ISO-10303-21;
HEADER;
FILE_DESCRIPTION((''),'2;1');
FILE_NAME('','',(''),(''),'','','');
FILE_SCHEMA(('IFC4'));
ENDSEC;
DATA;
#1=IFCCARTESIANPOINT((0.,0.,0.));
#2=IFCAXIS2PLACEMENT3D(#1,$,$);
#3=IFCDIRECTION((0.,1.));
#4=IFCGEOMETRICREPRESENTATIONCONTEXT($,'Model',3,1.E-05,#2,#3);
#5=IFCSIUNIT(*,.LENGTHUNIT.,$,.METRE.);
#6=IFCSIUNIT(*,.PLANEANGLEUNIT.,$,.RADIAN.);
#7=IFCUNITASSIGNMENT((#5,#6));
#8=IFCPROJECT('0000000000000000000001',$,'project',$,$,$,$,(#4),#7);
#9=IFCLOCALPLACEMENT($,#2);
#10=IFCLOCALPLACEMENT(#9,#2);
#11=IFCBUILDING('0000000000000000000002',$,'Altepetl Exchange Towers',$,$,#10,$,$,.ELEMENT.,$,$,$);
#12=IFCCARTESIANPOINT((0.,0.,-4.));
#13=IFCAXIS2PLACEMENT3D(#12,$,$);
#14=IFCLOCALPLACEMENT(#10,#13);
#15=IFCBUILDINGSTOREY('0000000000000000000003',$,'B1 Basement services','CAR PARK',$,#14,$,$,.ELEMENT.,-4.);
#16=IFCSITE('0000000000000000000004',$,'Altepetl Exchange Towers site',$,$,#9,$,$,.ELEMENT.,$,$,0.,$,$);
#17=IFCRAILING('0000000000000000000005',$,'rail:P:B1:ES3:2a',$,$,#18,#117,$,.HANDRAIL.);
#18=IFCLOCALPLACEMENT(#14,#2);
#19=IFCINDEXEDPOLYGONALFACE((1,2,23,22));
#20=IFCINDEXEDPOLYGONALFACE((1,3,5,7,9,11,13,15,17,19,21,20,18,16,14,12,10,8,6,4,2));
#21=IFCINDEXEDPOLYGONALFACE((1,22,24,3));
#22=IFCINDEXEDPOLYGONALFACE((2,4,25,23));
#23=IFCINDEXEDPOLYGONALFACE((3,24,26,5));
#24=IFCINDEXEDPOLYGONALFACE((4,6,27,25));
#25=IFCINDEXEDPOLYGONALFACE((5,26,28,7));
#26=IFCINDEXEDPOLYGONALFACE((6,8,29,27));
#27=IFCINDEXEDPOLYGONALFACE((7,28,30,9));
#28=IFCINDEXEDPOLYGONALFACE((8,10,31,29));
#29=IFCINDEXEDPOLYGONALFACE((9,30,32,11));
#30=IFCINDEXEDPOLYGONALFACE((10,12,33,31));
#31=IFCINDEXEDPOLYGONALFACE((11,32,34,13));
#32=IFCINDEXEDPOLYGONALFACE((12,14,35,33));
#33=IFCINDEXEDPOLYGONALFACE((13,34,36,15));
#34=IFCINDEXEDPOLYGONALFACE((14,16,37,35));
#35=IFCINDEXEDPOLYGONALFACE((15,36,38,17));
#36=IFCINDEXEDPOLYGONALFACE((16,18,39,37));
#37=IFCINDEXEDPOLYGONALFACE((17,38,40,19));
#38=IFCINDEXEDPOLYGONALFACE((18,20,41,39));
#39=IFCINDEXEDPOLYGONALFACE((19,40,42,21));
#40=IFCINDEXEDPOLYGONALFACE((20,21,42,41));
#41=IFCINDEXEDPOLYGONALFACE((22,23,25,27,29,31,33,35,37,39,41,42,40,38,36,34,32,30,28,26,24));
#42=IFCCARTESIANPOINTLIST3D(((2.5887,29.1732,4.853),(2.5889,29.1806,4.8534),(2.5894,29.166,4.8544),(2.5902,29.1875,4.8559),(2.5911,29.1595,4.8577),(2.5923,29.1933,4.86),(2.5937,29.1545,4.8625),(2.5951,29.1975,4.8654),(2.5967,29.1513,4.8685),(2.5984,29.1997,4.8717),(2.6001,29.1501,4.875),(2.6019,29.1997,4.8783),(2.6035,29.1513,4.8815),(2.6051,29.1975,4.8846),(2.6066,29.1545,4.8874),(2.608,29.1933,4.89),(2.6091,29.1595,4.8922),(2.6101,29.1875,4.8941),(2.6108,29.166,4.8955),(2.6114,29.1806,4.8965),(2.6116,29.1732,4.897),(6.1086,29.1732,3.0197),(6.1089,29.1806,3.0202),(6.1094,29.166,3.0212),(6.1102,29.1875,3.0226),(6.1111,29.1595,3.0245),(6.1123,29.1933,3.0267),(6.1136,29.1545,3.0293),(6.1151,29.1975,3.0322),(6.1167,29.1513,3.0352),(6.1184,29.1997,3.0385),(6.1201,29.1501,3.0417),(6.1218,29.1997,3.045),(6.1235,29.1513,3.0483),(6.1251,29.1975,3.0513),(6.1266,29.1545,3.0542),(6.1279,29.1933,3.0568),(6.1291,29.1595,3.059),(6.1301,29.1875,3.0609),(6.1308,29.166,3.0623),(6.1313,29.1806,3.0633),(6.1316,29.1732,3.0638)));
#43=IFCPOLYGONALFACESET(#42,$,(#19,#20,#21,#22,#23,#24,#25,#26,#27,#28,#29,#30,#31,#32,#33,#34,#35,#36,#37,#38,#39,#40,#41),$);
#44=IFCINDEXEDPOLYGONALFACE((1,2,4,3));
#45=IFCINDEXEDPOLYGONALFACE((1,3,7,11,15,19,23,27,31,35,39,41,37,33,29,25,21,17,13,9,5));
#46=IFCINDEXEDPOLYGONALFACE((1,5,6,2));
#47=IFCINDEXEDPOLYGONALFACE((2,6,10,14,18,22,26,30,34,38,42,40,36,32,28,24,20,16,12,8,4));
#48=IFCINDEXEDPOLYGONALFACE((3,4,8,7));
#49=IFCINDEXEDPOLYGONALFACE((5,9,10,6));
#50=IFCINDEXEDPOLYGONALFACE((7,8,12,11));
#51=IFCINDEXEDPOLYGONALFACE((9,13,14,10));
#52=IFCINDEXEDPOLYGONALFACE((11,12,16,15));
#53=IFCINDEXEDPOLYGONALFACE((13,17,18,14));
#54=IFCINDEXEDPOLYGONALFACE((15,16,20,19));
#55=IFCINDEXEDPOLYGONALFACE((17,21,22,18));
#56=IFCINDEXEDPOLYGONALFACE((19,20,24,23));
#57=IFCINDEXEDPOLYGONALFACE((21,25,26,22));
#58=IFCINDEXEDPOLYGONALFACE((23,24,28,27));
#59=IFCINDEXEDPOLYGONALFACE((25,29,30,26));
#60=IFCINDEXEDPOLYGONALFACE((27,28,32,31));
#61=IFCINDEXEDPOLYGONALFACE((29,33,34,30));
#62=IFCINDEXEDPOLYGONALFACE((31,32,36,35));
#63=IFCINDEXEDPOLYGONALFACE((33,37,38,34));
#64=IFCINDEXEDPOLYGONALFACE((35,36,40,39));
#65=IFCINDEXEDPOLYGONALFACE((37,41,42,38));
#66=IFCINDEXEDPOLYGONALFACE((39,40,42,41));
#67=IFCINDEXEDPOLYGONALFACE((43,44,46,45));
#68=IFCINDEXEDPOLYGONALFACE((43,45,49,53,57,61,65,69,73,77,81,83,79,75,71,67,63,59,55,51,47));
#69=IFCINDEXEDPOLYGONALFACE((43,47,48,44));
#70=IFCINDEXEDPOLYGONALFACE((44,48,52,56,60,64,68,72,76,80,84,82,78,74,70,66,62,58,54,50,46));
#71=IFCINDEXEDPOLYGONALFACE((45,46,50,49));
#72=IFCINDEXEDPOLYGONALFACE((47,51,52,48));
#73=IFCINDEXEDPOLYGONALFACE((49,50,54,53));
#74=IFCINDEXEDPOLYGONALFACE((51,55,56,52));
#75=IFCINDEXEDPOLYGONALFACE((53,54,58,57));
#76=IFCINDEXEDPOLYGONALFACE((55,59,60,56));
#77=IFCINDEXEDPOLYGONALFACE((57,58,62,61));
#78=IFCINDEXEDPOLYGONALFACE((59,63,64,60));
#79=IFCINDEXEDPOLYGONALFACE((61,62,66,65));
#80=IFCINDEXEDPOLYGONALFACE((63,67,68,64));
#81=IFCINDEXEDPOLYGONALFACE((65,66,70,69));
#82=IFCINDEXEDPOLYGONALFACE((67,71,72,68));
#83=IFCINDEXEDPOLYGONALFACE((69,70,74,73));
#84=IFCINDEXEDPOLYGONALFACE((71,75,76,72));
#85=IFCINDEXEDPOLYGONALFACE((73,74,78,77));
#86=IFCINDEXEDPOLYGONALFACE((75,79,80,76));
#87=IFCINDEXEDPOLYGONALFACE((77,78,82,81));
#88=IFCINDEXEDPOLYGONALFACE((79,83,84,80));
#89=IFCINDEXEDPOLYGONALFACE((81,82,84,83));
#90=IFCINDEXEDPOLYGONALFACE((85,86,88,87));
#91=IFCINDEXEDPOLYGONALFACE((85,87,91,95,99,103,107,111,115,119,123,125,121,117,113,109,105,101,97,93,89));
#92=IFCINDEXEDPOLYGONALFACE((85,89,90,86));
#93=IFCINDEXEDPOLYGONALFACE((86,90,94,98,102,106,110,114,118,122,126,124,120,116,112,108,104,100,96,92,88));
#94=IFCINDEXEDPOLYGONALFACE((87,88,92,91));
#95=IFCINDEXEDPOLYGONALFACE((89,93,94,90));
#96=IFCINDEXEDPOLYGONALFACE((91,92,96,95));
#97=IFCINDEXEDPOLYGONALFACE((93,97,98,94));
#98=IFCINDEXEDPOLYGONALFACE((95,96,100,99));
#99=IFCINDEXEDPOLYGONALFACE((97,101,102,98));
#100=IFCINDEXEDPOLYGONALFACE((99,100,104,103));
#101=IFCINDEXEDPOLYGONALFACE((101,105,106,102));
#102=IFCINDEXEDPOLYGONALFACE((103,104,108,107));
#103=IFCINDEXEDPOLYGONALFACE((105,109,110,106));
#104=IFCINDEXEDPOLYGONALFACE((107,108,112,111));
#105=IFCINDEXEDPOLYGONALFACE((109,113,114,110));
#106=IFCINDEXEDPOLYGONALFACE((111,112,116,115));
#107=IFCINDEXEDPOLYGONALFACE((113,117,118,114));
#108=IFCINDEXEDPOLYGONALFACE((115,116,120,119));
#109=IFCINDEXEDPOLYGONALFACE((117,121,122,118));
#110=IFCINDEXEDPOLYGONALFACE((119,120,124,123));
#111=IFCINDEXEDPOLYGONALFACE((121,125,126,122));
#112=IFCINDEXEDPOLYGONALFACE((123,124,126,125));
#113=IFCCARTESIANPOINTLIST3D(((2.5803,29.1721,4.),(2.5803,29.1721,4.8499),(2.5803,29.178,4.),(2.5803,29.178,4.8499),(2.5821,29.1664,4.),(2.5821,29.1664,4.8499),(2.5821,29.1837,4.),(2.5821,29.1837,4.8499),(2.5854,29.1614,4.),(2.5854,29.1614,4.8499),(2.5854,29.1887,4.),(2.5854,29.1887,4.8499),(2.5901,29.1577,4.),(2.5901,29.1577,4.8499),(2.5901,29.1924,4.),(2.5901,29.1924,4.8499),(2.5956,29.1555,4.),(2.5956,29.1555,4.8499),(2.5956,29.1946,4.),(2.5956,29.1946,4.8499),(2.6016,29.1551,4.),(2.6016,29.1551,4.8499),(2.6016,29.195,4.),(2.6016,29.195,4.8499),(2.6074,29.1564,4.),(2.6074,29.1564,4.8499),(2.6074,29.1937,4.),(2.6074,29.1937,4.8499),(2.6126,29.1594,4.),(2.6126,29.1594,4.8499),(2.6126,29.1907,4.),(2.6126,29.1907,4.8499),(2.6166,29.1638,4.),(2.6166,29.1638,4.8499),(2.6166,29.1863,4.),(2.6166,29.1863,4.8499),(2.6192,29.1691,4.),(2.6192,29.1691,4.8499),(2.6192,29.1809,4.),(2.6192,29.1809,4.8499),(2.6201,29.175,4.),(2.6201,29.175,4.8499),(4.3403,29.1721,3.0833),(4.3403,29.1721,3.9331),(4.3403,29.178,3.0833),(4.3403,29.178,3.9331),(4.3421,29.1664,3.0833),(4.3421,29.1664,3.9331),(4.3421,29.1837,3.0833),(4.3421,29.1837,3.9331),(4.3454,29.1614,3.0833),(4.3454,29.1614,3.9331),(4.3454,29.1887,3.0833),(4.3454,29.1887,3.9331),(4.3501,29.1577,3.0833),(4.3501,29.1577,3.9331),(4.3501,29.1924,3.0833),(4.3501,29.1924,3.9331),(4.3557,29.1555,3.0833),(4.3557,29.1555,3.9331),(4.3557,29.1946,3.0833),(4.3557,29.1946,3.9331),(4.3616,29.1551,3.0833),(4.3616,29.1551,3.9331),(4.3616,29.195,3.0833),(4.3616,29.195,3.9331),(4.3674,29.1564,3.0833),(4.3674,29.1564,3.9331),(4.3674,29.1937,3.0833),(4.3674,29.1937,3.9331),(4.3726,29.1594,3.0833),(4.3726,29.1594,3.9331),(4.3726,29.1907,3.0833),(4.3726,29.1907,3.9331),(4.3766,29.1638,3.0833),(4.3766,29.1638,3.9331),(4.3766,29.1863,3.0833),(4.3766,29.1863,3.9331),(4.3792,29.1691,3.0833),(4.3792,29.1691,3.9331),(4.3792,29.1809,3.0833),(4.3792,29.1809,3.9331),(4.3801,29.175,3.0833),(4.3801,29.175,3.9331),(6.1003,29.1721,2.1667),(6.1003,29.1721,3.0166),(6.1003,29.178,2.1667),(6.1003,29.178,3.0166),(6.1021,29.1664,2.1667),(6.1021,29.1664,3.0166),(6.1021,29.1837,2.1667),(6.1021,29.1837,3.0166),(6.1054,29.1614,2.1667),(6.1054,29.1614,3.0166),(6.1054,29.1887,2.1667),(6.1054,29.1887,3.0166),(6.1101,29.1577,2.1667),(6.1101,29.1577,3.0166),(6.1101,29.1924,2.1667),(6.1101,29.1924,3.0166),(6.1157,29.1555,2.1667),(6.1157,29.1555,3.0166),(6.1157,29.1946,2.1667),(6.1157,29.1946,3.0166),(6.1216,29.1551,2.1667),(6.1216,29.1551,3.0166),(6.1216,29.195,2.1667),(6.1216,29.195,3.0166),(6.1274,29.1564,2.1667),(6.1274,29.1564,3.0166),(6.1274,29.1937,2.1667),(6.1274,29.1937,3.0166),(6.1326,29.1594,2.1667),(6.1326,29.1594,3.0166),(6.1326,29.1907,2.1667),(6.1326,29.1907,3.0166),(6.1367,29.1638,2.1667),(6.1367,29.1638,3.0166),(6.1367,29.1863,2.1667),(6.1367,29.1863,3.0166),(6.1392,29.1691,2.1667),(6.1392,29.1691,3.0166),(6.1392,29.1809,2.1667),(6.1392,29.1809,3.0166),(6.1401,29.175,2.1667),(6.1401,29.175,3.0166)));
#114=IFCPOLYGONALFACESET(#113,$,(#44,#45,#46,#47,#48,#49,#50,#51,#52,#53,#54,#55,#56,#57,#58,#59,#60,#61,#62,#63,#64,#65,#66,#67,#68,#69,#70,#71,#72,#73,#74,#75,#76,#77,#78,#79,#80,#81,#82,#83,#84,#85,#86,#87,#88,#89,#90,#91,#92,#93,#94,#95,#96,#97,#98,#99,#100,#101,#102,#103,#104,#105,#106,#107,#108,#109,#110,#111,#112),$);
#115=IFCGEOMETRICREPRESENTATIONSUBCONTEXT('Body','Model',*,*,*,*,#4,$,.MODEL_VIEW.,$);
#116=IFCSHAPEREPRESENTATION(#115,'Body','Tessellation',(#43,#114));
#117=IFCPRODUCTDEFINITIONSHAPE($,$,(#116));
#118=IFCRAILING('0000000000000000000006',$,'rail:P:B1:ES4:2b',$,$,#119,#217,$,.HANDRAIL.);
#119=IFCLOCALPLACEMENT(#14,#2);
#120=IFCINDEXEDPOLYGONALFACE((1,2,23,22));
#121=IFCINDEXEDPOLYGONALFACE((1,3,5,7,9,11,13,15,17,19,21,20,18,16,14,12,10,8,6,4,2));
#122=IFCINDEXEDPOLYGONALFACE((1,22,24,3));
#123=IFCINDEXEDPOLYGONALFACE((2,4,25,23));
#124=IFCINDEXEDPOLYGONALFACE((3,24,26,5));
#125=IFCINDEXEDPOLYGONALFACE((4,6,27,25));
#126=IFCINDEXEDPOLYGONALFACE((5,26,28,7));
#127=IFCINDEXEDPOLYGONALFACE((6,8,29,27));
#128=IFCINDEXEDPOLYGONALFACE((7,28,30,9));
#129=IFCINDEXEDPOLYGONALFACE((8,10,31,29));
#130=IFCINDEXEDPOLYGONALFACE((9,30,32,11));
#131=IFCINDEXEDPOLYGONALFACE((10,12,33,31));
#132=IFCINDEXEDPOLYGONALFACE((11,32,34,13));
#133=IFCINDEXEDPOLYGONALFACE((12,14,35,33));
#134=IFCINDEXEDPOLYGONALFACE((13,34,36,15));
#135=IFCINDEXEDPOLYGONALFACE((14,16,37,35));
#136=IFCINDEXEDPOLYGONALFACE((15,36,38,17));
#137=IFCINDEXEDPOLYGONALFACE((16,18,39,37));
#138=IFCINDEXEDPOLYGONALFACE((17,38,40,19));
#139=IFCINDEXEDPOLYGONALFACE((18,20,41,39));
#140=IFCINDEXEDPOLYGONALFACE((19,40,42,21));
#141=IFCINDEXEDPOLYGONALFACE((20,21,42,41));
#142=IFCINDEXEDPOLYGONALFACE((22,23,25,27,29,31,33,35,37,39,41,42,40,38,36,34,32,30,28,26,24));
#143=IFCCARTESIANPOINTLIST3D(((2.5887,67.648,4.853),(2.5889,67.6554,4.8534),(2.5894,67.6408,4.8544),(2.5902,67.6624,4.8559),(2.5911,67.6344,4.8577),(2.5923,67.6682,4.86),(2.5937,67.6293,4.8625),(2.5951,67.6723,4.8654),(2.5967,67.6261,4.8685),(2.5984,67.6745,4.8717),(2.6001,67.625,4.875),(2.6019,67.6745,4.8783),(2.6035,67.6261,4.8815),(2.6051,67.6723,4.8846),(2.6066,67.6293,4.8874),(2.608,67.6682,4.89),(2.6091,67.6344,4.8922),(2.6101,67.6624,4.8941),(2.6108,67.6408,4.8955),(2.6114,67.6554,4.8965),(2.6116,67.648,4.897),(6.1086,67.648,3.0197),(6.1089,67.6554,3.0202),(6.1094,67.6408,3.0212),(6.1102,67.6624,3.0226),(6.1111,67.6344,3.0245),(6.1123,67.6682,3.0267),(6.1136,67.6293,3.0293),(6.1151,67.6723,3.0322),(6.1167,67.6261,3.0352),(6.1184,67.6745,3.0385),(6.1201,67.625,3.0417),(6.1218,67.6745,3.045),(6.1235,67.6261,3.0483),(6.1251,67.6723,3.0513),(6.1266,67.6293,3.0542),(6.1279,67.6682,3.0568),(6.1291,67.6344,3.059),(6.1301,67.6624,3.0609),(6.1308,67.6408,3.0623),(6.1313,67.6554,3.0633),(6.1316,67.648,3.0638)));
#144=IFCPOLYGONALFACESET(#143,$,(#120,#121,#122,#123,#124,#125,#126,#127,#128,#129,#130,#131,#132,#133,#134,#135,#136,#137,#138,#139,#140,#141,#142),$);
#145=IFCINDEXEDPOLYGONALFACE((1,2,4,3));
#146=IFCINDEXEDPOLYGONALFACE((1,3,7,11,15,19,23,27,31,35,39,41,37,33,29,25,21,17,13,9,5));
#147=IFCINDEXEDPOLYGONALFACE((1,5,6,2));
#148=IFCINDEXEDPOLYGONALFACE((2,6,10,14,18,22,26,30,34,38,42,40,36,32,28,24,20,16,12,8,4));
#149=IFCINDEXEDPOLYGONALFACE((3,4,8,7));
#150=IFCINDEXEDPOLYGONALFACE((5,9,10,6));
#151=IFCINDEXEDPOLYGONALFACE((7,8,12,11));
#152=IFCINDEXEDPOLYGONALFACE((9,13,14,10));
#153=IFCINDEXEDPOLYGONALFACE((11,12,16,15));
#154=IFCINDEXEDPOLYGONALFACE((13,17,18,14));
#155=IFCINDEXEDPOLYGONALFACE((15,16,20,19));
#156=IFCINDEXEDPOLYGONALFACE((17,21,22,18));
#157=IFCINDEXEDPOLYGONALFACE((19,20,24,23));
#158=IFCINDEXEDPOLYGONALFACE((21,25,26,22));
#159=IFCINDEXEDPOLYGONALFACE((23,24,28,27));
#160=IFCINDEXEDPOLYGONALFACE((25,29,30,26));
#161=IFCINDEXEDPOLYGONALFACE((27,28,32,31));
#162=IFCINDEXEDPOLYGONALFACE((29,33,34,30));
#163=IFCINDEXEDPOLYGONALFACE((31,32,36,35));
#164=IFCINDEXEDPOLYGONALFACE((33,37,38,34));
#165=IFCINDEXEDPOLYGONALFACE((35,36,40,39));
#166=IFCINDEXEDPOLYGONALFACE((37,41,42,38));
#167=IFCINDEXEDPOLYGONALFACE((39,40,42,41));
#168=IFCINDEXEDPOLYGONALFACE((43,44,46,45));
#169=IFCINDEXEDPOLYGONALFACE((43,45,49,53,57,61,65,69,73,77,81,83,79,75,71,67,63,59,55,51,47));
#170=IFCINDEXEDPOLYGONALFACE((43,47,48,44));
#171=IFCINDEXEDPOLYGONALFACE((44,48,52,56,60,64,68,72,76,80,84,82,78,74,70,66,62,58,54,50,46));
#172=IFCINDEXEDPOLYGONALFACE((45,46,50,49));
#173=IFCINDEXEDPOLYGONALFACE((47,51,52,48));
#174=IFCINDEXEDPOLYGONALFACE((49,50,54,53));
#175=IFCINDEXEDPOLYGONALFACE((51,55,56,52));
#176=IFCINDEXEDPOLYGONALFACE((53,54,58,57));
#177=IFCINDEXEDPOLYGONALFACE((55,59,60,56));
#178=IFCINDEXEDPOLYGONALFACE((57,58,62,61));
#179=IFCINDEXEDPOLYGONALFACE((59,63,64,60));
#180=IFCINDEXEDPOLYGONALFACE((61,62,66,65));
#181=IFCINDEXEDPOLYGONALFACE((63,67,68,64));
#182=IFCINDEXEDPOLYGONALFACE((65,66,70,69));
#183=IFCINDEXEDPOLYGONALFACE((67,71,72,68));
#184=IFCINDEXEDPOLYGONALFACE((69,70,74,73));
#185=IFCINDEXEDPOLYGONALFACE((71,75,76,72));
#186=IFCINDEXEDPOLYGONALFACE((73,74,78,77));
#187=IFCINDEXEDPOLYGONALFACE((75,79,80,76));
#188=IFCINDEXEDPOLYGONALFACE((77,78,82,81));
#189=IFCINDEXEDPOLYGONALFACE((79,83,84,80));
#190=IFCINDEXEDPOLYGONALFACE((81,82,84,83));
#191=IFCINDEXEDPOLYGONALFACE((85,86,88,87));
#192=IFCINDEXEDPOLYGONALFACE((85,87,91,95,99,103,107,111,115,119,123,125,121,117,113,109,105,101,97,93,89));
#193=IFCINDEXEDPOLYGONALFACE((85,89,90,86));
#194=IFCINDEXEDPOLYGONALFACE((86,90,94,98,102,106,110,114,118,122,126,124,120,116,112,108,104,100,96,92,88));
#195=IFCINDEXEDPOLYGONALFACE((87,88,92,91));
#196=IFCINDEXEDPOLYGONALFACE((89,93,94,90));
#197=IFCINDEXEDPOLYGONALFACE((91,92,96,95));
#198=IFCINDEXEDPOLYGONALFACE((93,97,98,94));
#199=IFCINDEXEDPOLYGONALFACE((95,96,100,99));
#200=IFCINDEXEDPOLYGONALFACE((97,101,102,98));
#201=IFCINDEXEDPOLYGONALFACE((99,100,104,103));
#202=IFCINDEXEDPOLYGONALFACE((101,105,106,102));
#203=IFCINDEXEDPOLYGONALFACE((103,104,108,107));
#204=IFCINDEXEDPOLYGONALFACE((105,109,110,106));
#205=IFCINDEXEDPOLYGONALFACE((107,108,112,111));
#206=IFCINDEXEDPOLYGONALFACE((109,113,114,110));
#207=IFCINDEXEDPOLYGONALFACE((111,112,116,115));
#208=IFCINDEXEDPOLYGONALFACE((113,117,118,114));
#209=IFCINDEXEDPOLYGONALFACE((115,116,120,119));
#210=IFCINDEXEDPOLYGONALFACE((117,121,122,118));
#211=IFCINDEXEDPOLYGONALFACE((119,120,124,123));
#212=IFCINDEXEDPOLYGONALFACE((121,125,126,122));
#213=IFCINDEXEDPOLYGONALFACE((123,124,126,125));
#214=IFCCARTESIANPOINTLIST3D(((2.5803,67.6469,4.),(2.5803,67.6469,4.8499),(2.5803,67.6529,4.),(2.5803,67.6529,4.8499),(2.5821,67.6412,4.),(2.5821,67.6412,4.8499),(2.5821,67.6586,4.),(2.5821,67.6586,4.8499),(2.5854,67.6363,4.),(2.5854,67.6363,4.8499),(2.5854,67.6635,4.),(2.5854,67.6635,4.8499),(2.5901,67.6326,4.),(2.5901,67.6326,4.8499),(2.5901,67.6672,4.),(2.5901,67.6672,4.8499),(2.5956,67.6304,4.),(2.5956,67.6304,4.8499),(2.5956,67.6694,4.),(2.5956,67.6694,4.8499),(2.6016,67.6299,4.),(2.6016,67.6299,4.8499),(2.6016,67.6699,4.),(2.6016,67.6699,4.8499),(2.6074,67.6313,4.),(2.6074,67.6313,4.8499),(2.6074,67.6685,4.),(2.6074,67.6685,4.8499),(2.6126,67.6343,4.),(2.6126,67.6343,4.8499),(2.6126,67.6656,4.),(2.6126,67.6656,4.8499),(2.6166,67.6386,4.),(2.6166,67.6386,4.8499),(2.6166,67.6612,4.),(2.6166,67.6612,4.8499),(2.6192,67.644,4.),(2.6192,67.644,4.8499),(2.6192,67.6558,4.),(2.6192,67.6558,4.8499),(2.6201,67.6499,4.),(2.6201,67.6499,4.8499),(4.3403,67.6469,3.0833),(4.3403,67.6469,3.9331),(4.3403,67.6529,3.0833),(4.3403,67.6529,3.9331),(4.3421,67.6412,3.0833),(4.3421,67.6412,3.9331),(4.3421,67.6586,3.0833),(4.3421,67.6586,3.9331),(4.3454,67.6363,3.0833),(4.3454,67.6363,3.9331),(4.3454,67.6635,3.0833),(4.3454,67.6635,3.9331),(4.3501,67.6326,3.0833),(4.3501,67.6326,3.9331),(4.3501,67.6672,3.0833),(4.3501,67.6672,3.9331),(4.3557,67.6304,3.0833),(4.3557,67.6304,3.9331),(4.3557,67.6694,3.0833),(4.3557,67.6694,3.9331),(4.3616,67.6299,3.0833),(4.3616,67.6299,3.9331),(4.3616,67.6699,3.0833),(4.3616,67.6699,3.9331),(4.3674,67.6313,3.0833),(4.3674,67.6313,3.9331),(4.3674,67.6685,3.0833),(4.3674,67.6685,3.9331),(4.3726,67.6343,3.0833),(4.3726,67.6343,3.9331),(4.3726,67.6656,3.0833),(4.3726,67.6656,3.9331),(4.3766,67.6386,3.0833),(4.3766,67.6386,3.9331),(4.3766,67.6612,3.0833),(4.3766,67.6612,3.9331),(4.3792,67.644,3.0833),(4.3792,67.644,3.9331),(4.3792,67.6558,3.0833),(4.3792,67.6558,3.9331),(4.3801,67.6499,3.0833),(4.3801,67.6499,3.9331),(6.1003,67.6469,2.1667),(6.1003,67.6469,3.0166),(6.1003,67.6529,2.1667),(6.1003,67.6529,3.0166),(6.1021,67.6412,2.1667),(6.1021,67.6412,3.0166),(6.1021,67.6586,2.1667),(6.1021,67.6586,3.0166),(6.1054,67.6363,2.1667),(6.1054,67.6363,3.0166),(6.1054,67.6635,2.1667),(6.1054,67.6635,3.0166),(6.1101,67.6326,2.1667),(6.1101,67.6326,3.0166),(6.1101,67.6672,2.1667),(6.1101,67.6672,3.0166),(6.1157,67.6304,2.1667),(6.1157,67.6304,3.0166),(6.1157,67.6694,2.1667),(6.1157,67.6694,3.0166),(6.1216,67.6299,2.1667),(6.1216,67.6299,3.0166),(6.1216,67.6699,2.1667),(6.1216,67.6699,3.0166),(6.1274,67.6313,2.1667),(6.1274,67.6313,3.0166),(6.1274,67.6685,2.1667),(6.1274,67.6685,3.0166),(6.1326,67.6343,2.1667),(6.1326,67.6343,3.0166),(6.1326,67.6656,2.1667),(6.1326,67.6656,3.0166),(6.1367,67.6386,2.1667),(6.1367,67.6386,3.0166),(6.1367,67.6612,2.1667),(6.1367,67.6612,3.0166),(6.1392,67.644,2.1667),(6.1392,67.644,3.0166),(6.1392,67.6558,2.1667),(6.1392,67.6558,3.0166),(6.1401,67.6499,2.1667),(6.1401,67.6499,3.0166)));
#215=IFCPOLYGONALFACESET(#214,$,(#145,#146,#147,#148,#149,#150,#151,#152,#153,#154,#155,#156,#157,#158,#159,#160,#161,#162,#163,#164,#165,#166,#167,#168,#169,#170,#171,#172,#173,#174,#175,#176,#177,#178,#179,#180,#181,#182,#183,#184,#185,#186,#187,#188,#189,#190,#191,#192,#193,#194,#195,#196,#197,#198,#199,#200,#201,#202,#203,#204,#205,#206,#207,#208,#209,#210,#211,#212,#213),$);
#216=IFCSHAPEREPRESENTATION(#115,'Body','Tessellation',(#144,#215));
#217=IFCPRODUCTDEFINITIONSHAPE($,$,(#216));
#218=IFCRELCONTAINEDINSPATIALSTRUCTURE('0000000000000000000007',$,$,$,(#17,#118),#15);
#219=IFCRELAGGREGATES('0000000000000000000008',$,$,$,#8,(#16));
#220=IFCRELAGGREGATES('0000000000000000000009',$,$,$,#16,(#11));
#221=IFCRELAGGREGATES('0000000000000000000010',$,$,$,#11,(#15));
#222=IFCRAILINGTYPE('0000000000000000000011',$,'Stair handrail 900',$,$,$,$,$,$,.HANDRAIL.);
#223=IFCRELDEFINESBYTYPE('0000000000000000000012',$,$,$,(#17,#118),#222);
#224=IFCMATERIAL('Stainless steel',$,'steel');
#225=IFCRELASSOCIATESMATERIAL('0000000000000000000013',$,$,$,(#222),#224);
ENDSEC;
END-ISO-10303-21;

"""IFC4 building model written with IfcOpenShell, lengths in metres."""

from ifc_helpers import new_model, si_unit, direction, frame, origin, origin_2d, place, context, subcontext, project, spatial, circle, extrude, source, transform, mapped, material, type_object, element, save


model = new_model("IFC4")

# Units and contexts
model_context = context("Model", 3, precision=1e-05, world=origin(), true_north=direction((0.0, 1.0)))
body_context = subcontext(model_context, "Body", "Model", "MODEL_VIEW")
ifc_project = project(units=[si_unit("LENGTHUNIT", "METRE"), si_unit("PLANEANGLEUNIT", "RADIAN")], contexts=[model_context])

# Site, building, storey
site_placement = place(None, origin())
site = spatial("IfcSite", under=ifc_project, at=site_placement, Name="Altepetl Exchange Towers site", CompositionType="ELEMENT", RefElevation=0.0)
building_placement = place(site_placement, origin())
building = spatial("IfcBuilding", under=site, at=building_placement, Name="Altepetl Exchange Towers", CompositionType="ELEMENT")
storey_placement = place(building_placement, frame((0.0, 0.0, -4.0)))
storey = spatial("IfcBuildingStorey", under=building, at=storey_placement, Name="B1 Basement services", Description="CAR PARK", CompositionType="ELEMENT", Elevation=-4.0)

# Railings
ifc_material_1 = material(Name="Stainless steel", Category="steel")
railing_type_1 = type_object("IfcRailingType", Name="Stair handrail 900", PredefinedType="HANDRAIL", material=ifc_material_1)
shared_shape_1 = source(origin(), body_context, "Body", "SweptSolid", [
    extrude(circle(Radius=0.02, at=origin_2d()), origin(), (0.0, 0.0, 1.0), 0.8499),
])
for number, where, name in (
    (1, (6.1201, 29.175, 2.1667), "rail:P:B1:ES3:2a"),
    (2, (6.1201, 67.6499, 2.1667), "rail:P:B1:ES4:2b"),
):
    element("IfcRailing", number, at=place(storey_placement, frame(where)), inside=storey, type_object=railing_type_1, Name=name, PredefinedType="HANDRAIL", context=body_context, shape_type="SweptSolid", body=[
        extrude(circle(Radius=0.0249, at=origin_2d()), frame((0.0, 0.0, 0.875), z_axis=(-0.886924, 0.0, 0.461916), x_axis=(0.0, -1.0, 0.0)), (0.0, 0.0, 1.0), 3.9688),
        mapped(shared_shape_1, transform((0.0, 0.0, 0.0))),
        mapped(shared_shape_1, transform((-1.76, 0.0, 0.9165))),
        mapped(shared_shape_1, transform((-3.52, 0.0, 1.8333))),
    ])

save(model, "model.ifc")
